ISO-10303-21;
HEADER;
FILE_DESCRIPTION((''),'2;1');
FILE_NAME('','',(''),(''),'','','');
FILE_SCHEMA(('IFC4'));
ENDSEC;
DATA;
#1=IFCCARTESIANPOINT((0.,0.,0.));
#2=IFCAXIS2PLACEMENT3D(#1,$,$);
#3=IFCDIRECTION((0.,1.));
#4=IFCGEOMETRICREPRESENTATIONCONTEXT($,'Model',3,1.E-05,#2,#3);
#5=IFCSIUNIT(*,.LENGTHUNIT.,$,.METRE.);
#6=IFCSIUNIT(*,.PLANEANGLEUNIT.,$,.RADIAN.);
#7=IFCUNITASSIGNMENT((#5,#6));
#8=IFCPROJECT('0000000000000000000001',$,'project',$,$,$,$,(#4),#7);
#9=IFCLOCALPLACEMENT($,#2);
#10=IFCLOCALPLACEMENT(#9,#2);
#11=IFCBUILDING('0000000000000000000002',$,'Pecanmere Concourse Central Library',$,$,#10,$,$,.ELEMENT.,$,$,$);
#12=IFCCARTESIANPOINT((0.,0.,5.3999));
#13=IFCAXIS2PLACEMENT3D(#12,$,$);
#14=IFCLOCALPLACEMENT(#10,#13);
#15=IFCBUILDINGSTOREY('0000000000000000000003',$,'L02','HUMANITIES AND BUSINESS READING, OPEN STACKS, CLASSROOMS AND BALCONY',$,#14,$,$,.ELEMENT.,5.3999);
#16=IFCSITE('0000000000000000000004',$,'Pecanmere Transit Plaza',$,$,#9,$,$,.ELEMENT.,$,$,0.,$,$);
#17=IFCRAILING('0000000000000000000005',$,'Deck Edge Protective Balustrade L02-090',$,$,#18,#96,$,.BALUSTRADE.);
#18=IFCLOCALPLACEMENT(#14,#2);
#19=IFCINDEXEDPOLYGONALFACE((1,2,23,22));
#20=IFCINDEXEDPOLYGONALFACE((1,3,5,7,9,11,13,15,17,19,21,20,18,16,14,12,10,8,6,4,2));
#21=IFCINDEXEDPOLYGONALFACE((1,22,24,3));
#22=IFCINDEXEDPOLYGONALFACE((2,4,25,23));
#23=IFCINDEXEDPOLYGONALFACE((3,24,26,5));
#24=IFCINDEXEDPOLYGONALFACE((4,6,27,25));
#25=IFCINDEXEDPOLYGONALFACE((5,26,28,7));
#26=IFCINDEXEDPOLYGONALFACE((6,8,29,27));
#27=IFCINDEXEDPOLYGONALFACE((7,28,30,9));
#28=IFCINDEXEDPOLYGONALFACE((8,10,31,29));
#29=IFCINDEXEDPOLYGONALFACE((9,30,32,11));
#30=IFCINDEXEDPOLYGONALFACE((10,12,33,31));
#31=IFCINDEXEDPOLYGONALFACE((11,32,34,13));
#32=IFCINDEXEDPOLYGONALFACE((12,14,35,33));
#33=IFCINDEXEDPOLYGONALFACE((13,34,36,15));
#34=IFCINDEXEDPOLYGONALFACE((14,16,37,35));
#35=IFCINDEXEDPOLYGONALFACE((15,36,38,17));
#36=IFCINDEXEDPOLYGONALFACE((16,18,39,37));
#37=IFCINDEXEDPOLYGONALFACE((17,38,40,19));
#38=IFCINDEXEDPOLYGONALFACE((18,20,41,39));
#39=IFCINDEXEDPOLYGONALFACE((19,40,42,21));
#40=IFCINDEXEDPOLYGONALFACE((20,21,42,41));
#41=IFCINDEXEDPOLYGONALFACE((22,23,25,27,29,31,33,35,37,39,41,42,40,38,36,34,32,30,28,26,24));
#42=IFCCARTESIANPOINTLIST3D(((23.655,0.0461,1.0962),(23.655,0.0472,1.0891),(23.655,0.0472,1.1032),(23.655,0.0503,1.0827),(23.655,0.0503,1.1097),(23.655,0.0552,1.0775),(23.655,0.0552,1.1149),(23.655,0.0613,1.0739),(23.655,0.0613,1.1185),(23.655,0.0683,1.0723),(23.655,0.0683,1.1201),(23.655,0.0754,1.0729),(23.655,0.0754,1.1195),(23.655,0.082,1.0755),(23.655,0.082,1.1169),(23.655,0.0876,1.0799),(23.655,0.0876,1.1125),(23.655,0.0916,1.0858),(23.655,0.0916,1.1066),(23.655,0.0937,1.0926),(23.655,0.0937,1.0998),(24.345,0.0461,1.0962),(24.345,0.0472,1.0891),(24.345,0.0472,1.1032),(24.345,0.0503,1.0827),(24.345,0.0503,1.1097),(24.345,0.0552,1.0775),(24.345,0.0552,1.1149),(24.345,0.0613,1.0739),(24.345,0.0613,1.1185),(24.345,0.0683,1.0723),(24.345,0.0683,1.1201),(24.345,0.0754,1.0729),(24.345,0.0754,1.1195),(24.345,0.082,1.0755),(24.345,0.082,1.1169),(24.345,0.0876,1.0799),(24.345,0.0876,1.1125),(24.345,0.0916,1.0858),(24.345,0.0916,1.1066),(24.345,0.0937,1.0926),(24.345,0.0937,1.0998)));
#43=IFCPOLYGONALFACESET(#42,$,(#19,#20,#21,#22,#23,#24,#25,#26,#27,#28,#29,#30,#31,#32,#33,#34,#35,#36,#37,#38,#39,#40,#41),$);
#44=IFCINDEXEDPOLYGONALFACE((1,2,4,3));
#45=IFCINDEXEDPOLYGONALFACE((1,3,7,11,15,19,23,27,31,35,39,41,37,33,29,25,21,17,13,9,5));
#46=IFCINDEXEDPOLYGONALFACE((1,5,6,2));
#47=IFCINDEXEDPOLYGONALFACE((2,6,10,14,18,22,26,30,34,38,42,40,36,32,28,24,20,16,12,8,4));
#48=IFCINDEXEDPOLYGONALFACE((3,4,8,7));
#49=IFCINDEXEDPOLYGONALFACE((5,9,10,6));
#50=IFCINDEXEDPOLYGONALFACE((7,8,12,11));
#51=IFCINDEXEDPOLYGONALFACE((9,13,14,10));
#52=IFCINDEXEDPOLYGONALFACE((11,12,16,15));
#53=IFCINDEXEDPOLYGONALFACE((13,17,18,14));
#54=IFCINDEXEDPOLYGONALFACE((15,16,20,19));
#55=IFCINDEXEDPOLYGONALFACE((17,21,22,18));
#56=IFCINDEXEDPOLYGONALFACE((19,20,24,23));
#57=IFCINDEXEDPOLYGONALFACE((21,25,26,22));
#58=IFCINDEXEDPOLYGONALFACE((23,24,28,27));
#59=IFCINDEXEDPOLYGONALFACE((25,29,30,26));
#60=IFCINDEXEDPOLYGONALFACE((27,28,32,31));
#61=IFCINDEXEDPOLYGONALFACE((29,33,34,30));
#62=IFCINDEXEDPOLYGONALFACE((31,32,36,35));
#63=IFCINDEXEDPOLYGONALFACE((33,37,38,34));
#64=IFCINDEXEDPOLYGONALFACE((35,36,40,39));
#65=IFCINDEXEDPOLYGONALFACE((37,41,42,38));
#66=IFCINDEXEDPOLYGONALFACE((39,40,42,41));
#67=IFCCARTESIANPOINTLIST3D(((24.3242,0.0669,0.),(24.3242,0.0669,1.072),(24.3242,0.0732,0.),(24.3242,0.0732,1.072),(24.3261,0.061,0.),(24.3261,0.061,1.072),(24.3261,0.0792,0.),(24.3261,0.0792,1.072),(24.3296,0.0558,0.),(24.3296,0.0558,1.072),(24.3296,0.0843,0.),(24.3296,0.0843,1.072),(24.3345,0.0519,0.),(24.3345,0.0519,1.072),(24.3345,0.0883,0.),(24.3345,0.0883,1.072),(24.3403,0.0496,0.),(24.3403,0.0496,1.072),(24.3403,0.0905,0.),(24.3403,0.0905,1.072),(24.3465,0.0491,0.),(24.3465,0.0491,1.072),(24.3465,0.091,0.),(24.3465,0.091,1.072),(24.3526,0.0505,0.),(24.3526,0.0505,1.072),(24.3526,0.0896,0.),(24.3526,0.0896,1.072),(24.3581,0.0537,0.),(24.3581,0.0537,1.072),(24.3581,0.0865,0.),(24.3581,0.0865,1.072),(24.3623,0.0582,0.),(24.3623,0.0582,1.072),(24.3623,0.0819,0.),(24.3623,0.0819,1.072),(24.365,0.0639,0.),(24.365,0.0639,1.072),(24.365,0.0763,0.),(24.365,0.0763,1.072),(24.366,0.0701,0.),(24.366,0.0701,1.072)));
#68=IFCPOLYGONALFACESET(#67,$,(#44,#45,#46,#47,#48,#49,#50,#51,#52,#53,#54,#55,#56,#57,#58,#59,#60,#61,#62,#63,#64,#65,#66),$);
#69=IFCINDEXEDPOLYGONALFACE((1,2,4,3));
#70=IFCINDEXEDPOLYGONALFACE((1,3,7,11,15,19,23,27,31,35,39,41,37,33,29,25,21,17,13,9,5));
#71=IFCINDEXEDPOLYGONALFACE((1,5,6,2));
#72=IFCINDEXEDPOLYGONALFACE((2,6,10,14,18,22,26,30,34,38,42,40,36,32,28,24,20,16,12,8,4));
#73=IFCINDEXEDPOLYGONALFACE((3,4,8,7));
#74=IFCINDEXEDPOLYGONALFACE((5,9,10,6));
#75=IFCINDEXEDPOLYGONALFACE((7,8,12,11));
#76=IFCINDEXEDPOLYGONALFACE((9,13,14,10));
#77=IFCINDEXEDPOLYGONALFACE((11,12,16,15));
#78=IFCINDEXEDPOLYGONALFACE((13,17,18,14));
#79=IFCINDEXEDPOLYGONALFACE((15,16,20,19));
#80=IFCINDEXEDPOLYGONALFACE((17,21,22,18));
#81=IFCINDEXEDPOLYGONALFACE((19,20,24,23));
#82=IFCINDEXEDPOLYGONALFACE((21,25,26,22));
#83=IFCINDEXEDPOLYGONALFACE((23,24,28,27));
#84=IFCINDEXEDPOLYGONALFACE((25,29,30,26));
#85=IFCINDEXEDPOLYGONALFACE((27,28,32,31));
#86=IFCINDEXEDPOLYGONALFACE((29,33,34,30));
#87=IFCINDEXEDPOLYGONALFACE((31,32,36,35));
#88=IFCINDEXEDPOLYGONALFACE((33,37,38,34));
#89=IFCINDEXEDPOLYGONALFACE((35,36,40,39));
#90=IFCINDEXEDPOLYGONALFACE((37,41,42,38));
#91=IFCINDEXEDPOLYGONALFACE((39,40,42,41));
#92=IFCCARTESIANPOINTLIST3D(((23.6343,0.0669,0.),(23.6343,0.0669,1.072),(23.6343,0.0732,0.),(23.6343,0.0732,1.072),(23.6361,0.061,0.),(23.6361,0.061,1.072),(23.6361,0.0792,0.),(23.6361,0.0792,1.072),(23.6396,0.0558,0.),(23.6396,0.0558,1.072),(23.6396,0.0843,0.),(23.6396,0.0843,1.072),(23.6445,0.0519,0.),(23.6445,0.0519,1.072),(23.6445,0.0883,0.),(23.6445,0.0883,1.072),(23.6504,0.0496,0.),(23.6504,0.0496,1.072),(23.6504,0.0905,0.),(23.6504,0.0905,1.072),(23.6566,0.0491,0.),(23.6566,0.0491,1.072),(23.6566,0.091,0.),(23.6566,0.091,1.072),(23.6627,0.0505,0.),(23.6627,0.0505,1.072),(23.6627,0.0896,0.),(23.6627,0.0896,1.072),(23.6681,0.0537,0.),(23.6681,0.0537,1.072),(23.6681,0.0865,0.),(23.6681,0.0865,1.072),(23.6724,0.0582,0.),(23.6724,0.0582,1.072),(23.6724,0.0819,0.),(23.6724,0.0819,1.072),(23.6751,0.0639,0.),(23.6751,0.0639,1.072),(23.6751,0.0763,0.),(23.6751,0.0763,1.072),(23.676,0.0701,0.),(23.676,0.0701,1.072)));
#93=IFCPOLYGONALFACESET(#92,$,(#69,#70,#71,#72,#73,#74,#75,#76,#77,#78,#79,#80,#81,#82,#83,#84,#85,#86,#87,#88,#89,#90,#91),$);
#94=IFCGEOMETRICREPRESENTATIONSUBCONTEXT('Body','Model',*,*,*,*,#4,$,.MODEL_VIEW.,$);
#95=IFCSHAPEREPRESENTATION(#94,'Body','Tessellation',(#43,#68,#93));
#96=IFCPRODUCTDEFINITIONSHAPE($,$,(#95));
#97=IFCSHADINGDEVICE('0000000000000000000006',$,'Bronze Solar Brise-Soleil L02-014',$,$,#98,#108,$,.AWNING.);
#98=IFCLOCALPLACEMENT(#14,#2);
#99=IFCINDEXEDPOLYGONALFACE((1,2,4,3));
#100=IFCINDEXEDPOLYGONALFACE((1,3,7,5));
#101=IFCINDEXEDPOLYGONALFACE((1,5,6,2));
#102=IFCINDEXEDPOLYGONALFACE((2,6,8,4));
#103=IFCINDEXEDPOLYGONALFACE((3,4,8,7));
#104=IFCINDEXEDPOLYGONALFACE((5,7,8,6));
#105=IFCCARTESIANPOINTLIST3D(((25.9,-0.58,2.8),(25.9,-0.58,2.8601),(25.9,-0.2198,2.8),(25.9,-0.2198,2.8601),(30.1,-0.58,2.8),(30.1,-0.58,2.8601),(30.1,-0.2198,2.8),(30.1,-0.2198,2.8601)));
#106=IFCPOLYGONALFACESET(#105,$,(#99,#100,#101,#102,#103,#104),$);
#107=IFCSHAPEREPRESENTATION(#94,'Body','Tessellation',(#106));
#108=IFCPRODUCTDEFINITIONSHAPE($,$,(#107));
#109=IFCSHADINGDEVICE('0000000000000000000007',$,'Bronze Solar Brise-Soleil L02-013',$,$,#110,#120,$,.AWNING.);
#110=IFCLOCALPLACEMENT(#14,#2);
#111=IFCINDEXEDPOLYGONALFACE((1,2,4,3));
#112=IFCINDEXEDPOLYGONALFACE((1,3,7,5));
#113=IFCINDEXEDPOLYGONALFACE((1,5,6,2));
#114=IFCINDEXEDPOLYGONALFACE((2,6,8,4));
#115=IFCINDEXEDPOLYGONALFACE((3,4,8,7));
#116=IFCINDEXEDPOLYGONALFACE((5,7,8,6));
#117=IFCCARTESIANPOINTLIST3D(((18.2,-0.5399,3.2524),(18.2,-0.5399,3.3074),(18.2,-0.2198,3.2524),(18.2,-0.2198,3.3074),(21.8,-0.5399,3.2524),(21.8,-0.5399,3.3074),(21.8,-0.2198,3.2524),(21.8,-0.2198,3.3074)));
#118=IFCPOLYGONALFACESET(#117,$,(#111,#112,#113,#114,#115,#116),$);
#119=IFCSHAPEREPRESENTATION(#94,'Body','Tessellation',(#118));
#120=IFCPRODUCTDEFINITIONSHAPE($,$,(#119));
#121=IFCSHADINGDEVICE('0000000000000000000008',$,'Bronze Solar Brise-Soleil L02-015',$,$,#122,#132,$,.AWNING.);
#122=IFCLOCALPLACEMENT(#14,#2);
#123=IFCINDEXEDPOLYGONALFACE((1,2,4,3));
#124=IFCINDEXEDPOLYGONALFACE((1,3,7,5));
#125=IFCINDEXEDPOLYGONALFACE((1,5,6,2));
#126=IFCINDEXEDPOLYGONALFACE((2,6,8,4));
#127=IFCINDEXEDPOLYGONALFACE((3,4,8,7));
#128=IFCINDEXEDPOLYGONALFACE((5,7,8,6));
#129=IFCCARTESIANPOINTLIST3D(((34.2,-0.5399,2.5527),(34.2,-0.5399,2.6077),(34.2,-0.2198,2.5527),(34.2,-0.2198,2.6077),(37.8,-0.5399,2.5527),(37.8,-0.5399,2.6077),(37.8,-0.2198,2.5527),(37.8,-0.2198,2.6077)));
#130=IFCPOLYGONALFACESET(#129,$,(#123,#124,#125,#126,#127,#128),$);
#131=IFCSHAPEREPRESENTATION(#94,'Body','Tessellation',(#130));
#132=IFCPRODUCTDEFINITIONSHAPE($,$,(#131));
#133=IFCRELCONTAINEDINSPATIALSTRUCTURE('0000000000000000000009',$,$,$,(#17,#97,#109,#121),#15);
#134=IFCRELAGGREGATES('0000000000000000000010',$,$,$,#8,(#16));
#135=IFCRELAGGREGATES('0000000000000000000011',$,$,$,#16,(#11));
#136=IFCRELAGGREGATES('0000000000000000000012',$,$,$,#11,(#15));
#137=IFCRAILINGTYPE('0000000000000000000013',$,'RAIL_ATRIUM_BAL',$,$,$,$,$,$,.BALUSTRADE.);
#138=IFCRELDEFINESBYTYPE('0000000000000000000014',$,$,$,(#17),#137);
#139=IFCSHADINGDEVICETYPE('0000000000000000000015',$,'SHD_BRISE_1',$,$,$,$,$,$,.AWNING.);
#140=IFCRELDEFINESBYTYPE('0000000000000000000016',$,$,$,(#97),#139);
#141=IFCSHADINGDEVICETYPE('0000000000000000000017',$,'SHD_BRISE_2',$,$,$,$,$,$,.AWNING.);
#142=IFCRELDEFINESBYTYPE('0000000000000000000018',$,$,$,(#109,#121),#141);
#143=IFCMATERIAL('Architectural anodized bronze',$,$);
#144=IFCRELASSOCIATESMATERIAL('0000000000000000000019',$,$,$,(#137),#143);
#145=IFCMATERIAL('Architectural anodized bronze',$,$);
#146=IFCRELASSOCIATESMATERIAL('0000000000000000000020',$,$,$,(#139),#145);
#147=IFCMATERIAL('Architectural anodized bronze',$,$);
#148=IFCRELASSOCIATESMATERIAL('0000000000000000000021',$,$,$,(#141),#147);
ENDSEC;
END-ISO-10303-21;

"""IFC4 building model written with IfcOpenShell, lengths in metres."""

from ifc_helpers import new_model, si_unit, direction, frame, origin, origin_2d, place, context, subcontext, project, spatial, rectangle, circle, extrude, material, type_object, element, save


model = new_model("IFC4")

# Units and contexts
model_context = context("Model", 3, precision=1e-05, world=origin(), true_north=direction((0.0, 1.0)))
body_context = subcontext(model_context, "Body", "Model", "MODEL_VIEW")
ifc_project = project(units=[si_unit("LENGTHUNIT", "METRE"), si_unit("PLANEANGLEUNIT", "RADIAN")], contexts=[model_context])

# Site, building, storey
site_placement = place(None, origin())
site = spatial("IfcSite", under=ifc_project, at=site_placement, Name="Pecanmere Transit Plaza", CompositionType="ELEMENT", RefElevation=0.0)
building_placement = place(site_placement, origin())
building = spatial("IfcBuilding", under=site, at=building_placement, Name="Pecanmere Concourse Central Library", CompositionType="ELEMENT")
storey_placement = place(building_placement, frame((0.0, 0.0, 5.3999)))
storey = spatial("IfcBuildingStorey", under=building, at=storey_placement, Name="L02", Description="HUMANITIES AND BUSINESS READING, OPEN STACKS, CLASSROOMS AND BALCONY", CompositionType="ELEMENT", Elevation=5.3999)

# Railing
ifc_material_1 = material(Name="Architectural anodized bronze")
railing_type = type_object("IfcRailingType", Name="RAIL_ATRIUM_BAL", PredefinedType="BALUSTRADE", material=ifc_material_1)
for number, where, name in (
    (1, (24.345, 0.0701, 0.0), "Deck Edge Protective Balustrade L02-090"),
):
    element("IfcRailing", number, at=place(storey_placement, frame(where)), inside=storey, type_object=railing_type, Name=name, PredefinedType="BALUSTRADE", context=body_context, shape_type="SweptSolid", body=[
        extrude(circle(Radius=0.0239, at=origin_2d()), frame((0.0, 0.0, 1.0962), z_axis=(-1.0, 0.0, 0.0), x_axis=(0.0, -1.0, 0.0)), (0.0, 0.0, 1.0), 0.6899),
        extrude(circle(Radius=0.021, at=origin_2d()), origin(), (0.0, 0.0, 1.0), 1.072),
        extrude(circle(Radius=0.021, at=origin_2d()), frame((-0.6899, 0.0, 0.0)), (0.0, 0.0, 1.0), 1.072),
    ])

# Shading devices
ifc_material_2 = material(Name="Architectural anodized bronze")
shading_device_type_1 = type_object("IfcShadingDeviceType", Name="SHD_BRISE_1", PredefinedType="AWNING", material=ifc_material_2)
shading_device_placement = place(storey_placement, frame((28.0, -0.3999, 2.8), z_axis=(0.0, 0.0, 1.0), x_axis=(1.0, 0.0, 0.0)))
element("IfcShadingDevice", 2, at=shading_device_placement, inside=storey, type_object=shading_device_type_1, Name="Bronze Solar Brise-Soleil L02-014", PredefinedType="AWNING", context=body_context, shape_type="SweptSolid", body=[
    extrude(rectangle(XDim=4.2, YDim=0.3601, at=origin_2d()), origin(), (0.0, 0.0, 1.0), 0.0601),
])
ifc_material_3 = material(Name="Architectural anodized bronze")
shading_device_type_2 = type_object("IfcShadingDeviceType", Name="SHD_BRISE_2", PredefinedType="AWNING", material=ifc_material_3)
for number, where, z_axis, x_axis, name in (
    (3, (20.0, -0.3799, 3.2524), (0.0, 0.0, 1.0), (1.0, 0.0, 0.0), "Bronze Solar Brise-Soleil L02-013"),
    (4, (36.0, -0.3799, 2.5527), (0.0, 0.0, 1.0), (1.0, 0.0, 0.0), "Bronze Solar Brise-Soleil L02-015"),
):
    element("IfcShadingDevice", number, at=place(storey_placement, frame(where, z_axis=z_axis, x_axis=x_axis)), inside=storey, type_object=shading_device_type_2, Name=name, PredefinedType="AWNING", context=body_context, shape_type="SweptSolid", body=[
        extrude(rectangle(XDim=3.6001, YDim=0.3201, at=origin_2d()), origin(), (0.0, 0.0, 1.0), 0.0549),
    ])

save(model, "model.ifc")
